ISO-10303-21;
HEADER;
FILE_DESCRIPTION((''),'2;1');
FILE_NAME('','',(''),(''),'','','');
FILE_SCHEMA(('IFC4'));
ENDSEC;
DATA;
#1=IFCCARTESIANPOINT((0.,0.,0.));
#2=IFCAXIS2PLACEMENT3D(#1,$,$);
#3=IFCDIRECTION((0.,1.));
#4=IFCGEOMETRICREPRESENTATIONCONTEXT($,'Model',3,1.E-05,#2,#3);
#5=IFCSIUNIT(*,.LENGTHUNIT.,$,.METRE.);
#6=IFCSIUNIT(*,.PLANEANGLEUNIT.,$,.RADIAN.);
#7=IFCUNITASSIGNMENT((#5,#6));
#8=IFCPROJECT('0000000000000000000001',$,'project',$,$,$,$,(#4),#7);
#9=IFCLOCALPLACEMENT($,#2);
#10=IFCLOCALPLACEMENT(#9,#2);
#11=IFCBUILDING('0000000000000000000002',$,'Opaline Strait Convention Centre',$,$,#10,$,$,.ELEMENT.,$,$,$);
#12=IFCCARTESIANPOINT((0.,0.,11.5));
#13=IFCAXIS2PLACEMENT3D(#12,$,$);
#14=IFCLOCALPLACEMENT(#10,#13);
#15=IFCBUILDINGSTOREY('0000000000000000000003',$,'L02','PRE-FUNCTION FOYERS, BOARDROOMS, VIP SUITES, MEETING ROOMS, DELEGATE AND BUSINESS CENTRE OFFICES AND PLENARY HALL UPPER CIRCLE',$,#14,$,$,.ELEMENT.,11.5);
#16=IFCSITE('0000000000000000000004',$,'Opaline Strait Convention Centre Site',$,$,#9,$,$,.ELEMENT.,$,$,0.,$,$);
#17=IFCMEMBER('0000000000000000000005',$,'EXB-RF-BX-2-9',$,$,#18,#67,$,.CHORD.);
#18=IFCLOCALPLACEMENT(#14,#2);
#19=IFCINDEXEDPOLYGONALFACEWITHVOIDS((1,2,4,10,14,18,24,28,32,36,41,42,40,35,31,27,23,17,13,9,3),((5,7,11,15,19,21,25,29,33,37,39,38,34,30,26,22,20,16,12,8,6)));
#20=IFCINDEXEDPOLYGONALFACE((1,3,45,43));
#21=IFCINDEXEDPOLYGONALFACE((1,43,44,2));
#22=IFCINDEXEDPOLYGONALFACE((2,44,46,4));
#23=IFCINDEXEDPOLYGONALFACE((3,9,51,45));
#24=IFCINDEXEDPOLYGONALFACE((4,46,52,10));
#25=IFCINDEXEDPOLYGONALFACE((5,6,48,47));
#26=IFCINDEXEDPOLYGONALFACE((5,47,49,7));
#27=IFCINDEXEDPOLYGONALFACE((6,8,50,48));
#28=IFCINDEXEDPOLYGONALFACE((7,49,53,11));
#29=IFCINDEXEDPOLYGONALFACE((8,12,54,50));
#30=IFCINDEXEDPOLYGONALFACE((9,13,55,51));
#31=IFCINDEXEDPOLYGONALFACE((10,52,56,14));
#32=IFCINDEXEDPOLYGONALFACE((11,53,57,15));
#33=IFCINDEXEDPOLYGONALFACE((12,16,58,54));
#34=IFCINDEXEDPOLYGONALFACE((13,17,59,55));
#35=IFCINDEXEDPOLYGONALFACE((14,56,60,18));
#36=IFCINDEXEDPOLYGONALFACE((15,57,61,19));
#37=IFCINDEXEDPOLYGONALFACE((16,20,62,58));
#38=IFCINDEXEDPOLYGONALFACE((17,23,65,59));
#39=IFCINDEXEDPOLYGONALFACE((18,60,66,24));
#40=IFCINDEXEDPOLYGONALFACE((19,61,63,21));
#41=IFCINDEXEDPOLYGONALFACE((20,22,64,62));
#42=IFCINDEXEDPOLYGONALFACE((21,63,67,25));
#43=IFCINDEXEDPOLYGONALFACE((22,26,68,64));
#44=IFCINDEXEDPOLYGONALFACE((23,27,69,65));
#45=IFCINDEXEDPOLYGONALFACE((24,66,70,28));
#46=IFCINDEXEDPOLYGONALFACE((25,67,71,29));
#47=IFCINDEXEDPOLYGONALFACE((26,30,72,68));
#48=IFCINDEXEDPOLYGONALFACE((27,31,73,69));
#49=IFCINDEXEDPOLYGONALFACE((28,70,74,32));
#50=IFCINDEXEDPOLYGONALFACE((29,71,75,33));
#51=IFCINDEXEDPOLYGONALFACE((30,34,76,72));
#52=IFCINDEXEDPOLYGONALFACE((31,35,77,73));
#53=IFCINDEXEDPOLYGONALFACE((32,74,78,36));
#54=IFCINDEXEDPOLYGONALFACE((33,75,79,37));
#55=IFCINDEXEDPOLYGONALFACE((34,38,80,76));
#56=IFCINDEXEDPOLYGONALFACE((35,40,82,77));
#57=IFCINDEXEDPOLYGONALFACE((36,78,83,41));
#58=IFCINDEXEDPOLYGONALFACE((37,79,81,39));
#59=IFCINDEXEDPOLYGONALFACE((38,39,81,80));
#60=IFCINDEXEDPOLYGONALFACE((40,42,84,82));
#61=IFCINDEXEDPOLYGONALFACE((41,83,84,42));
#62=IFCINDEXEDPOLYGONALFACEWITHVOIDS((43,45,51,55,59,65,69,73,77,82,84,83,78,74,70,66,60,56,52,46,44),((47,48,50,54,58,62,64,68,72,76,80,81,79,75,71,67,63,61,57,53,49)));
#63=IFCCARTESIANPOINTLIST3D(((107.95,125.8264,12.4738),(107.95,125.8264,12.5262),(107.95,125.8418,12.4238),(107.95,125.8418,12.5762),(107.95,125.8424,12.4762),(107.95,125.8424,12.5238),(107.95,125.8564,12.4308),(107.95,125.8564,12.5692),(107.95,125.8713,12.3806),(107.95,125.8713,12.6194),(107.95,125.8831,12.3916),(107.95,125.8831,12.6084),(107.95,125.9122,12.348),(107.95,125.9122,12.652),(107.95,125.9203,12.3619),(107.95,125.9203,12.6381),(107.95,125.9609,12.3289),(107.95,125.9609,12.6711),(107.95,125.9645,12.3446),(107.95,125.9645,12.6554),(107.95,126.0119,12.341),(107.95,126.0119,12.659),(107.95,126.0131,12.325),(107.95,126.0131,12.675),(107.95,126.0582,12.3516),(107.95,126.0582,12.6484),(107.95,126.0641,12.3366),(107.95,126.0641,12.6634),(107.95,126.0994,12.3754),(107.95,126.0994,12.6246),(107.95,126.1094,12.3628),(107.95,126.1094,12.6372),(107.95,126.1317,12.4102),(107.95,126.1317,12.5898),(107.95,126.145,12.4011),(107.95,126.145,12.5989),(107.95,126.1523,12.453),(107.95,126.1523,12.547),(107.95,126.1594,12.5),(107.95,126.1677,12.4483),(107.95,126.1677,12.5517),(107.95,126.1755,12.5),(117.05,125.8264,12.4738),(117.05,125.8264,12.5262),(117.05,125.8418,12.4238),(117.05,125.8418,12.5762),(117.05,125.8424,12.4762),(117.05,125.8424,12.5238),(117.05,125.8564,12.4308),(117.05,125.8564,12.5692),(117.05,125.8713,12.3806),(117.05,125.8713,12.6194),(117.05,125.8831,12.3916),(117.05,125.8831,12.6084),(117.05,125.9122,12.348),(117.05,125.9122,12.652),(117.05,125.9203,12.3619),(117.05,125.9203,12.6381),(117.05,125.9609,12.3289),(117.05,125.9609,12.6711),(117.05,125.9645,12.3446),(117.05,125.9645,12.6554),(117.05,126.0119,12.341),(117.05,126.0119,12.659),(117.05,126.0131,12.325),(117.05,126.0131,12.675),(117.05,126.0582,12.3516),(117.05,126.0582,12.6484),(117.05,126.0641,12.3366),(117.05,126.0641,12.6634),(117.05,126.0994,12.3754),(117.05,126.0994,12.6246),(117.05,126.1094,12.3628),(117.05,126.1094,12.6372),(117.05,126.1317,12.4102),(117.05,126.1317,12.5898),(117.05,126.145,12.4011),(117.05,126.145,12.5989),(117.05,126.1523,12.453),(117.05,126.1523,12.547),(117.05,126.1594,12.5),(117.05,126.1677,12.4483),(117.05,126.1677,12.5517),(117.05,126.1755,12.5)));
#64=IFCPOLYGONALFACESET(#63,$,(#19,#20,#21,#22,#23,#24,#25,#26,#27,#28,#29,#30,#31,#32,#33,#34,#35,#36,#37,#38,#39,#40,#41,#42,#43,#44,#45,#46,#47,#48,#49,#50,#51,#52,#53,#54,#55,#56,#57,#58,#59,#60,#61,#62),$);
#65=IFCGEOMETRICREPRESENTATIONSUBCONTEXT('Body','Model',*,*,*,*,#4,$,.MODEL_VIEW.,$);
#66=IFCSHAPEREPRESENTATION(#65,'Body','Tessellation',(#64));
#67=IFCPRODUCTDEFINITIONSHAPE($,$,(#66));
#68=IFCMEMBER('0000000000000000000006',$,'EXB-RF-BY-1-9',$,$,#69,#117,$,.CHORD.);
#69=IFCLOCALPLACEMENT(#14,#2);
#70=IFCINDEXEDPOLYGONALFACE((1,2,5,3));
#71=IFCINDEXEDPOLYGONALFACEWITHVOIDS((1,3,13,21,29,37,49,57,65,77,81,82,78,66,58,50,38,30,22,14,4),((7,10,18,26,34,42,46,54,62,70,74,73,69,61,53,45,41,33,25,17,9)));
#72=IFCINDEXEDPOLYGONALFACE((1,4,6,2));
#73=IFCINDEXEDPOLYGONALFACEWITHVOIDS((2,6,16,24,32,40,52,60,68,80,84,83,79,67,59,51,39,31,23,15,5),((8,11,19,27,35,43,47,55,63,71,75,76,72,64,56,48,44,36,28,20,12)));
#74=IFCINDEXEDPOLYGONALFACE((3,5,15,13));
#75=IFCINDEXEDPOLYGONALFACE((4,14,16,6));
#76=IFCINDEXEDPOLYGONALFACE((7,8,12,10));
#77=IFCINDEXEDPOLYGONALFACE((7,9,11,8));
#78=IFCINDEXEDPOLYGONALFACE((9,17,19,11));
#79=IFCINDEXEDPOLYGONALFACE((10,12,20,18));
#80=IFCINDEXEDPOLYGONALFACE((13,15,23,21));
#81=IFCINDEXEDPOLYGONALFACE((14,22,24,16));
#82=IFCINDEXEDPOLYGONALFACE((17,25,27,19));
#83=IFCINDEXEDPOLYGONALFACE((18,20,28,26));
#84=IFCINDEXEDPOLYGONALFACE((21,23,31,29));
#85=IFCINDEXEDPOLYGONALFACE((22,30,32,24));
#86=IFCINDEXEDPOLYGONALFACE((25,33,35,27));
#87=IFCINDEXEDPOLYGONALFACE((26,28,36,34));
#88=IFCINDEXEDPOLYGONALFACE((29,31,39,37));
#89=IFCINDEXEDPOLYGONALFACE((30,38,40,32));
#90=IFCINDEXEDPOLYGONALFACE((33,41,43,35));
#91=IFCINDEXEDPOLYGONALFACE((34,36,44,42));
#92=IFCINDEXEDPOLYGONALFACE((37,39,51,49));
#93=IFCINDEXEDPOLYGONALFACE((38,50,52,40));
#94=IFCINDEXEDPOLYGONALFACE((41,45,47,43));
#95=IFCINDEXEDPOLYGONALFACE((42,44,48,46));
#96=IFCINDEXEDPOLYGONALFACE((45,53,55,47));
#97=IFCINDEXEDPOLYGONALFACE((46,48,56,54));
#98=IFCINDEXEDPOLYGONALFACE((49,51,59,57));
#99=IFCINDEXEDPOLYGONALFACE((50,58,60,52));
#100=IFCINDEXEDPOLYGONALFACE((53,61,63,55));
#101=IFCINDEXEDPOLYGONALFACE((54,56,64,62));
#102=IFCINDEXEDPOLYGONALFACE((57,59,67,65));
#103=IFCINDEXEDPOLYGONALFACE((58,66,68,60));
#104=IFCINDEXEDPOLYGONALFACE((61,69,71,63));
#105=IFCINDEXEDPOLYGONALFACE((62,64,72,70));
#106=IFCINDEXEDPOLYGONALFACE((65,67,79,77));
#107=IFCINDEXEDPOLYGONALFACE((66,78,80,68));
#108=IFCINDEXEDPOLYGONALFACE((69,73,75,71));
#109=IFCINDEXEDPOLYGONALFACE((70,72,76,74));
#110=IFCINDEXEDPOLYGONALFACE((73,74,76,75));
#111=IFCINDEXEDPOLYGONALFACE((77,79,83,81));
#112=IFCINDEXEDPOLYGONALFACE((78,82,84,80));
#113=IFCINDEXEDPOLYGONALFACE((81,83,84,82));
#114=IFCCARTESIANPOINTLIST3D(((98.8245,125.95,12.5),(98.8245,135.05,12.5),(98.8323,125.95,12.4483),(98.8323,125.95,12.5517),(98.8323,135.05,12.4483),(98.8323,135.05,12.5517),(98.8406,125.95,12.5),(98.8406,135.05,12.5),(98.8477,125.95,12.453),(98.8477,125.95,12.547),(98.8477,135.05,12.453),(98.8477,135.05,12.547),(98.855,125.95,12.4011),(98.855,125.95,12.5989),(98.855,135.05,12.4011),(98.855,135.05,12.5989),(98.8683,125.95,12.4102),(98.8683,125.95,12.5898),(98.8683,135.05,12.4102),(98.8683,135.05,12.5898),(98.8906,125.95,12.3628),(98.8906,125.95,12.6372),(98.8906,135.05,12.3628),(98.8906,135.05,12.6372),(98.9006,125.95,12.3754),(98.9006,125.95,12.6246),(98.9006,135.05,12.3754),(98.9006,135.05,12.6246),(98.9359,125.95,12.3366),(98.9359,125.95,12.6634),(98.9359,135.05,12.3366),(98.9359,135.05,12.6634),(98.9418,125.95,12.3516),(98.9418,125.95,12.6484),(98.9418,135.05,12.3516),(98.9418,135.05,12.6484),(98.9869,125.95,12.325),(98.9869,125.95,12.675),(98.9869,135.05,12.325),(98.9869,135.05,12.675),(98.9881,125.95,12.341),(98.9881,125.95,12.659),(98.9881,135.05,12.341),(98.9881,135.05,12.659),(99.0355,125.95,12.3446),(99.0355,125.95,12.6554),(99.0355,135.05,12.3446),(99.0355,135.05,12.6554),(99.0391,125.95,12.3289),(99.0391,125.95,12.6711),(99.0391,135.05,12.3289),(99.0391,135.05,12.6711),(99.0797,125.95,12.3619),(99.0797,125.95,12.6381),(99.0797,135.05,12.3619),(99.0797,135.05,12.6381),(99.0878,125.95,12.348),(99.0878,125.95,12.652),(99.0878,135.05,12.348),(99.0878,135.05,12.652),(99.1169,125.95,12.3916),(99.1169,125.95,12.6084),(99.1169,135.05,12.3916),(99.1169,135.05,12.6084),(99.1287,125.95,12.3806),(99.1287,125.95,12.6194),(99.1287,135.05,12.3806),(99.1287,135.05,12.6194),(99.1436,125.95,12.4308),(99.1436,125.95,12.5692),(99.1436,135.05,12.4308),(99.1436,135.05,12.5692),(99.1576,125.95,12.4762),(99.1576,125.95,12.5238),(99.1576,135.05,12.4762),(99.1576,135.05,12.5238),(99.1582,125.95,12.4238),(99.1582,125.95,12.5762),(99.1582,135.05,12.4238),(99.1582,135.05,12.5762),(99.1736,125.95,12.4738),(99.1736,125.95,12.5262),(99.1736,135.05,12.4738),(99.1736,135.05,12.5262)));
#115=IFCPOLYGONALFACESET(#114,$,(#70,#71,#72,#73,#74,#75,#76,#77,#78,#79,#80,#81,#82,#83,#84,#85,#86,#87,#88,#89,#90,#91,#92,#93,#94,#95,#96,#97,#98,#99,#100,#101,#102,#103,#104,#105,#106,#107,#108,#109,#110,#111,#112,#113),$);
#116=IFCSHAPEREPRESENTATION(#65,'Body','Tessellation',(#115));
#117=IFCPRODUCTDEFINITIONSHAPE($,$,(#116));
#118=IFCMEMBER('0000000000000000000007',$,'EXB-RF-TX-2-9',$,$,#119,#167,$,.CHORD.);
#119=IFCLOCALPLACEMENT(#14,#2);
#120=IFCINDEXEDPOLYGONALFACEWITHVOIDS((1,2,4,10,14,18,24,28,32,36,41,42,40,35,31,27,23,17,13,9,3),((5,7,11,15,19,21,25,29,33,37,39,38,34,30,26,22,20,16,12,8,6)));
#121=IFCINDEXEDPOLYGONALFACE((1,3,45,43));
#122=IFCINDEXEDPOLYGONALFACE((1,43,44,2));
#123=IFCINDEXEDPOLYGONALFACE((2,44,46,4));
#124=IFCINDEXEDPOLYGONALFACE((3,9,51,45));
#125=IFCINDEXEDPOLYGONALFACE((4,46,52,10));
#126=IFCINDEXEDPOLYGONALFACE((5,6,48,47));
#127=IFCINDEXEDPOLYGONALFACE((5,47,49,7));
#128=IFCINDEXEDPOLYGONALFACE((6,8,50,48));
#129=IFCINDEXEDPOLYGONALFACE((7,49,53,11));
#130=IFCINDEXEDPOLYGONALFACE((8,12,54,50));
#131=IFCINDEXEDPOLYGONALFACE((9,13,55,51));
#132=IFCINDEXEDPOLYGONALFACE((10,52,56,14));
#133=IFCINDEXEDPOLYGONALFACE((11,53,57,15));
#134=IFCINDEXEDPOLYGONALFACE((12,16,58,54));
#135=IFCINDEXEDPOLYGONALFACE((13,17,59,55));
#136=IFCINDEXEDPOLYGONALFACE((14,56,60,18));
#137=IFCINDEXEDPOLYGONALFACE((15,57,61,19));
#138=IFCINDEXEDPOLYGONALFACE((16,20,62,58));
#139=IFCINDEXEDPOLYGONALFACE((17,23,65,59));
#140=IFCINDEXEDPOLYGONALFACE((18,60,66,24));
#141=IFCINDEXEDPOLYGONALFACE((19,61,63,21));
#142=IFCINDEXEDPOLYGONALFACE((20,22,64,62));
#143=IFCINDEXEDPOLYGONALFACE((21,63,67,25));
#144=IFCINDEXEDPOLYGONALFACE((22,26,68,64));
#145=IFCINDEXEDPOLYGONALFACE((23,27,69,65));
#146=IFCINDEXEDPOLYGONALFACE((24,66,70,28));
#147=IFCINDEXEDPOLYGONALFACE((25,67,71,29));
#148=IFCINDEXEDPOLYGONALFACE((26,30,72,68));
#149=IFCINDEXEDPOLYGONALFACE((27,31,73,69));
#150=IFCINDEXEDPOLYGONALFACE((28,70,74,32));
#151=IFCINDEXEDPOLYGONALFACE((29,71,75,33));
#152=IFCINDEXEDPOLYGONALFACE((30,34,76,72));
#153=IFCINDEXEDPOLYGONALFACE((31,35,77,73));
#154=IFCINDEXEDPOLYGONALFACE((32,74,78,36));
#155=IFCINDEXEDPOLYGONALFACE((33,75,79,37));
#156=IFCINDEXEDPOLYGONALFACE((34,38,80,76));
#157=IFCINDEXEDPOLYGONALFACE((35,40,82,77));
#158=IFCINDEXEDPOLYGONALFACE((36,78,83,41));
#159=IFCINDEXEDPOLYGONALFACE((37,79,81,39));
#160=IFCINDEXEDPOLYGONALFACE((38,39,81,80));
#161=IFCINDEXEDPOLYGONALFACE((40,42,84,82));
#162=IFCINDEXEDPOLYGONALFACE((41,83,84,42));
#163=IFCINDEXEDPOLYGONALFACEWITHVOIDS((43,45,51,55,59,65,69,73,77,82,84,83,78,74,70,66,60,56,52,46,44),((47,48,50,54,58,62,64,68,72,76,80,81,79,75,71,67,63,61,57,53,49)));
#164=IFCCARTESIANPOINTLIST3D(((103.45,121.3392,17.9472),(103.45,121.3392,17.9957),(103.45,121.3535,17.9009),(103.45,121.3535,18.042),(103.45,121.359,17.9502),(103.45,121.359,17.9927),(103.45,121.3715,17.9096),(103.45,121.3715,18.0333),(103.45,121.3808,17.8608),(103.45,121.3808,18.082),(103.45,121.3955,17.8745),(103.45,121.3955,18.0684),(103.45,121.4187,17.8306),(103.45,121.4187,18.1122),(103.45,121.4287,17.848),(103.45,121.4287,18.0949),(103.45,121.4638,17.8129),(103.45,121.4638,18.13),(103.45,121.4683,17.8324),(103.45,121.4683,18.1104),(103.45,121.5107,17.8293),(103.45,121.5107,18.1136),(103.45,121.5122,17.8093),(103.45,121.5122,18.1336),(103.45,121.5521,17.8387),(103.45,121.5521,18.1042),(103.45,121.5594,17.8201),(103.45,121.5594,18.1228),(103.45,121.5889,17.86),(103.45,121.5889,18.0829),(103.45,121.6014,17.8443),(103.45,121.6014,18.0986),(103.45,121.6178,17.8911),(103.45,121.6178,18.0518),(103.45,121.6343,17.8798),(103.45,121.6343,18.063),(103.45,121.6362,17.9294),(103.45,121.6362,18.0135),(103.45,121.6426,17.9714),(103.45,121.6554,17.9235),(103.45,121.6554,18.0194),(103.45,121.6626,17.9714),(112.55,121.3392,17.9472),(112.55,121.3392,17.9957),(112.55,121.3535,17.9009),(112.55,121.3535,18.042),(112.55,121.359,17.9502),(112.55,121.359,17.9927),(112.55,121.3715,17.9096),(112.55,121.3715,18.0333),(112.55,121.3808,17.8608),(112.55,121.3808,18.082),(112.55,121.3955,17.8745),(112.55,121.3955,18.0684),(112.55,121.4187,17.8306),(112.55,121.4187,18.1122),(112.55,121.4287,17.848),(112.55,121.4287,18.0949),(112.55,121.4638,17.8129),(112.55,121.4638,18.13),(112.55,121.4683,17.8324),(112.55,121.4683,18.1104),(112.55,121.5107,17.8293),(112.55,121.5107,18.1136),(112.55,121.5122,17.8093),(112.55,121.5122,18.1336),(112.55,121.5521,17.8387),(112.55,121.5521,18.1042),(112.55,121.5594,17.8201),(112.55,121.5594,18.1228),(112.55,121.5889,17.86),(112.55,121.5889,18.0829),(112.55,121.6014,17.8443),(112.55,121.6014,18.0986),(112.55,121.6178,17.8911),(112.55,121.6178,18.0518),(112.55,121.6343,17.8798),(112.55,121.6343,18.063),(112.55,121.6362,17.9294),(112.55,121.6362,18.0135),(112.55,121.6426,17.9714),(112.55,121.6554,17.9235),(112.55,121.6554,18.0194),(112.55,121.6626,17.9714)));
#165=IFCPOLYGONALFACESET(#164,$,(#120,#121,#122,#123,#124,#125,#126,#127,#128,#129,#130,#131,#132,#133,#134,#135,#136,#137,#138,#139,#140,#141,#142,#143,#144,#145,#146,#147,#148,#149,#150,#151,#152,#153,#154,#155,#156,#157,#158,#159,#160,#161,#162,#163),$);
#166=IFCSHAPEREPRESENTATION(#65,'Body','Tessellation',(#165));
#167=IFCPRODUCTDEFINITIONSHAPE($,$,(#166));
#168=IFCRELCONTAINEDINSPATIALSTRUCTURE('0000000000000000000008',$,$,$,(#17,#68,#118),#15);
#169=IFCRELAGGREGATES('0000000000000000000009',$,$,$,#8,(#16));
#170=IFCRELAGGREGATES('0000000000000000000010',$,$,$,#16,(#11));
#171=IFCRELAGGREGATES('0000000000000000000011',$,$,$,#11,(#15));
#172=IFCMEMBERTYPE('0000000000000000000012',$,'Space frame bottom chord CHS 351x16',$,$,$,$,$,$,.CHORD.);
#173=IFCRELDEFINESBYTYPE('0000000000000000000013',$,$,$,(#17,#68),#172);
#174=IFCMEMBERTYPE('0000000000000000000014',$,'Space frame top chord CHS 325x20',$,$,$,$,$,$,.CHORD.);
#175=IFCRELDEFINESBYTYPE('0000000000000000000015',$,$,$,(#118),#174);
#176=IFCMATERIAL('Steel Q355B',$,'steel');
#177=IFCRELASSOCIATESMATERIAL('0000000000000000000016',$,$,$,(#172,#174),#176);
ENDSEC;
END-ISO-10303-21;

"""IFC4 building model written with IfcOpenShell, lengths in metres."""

from ifc_helpers import new_model, si_unit, direction, frame, origin, origin_2d, place, context, subcontext, project, spatial, hollow_circle, extrude, material, material_profile, profile_set, type_object, element, save


model = new_model("IFC4")

# Units and contexts
model_context = context("Model", 3, precision=1e-05, world=origin(), true_north=direction((0.0, 1.0)))
body_context = subcontext(model_context, "Body", "Model", "MODEL_VIEW")
ifc_project = project(units=[si_unit("LENGTHUNIT", "METRE"), si_unit("PLANEANGLEUNIT", "RADIAN")], contexts=[model_context])

# Site, building, storey
site_placement = place(None, origin())
site = spatial("IfcSite", under=ifc_project, at=site_placement, Name="Opaline Strait Convention Centre Site", CompositionType="ELEMENT", RefElevation=0.0)
building_placement = place(site_placement, origin())
building = spatial("IfcBuilding", under=site, at=building_placement, Name="Opaline Strait Convention Centre", CompositionType="ELEMENT")
storey_placement = place(building_placement, frame((0.0, 0.0, 11.5)))
storey = spatial("IfcBuildingStorey", under=building, at=storey_placement, Name="L02", Description="PRE-FUNCTION FOYERS, BOARDROOMS, VIP SUITES, MEETING ROOMS, DELEGATE AND BUSINESS CENTRE OFFICES AND PLENARY HALL UPPER CIRCLE", CompositionType="ELEMENT", Elevation=11.5)

# Shared definitions
ifc_material_1 = material(Name="Steel Q355B", Category="steel")

# Members
ifc_material_profile_1 = material_profile(ifc_material_1, hollow_circle(Radius=0.1755, WallThickness=0.0161, at=origin_2d()), Name="CHS 351x16")
ifc_profile_set_1 = profile_set([ifc_material_profile_1], Name="Steel Q355B")
member_type_1 = type_object("IfcMemberType", Name="Space frame bottom chord CHS 351x16", PredefinedType="CHORD", material=ifc_profile_set_1)
for number, where, z_axis, x_axis, name in (
    (1, (107.95, 126.0, 12.5), (1.0, 0.0, 0.0), (0.0, 1.0, 0.0), "EXB-RF-BX-2-9"),
    (2, (99.0, 125.95, 12.5), (0.0, 1.0, 0.0), (-1.0, 0.0, 0.0), "EXB-RF-BY-1-9"),
):
    element("IfcMember", number, at=place(storey_placement, frame(where, z_axis=z_axis, x_axis=x_axis)), inside=storey, type_object=member_type_1, Name=name, PredefinedType="CHORD", context=body_context, shape_type="SweptSolid", body=[
        extrude(hollow_circle(Radius=0.1755, WallThickness=0.0161, at=origin_2d()), origin(), (0.0, 0.0, 1.0), 9.1001),
    ])
ifc_material_profile_2 = material_profile(ifc_material_1, hollow_circle(Radius=0.1626, WallThickness=0.02, at=origin_2d()), Name="CHS 325x20")
ifc_profile_set_2 = profile_set([ifc_material_profile_2], Name="Steel Q355B")
member_type_2 = type_object("IfcMemberType", Name="Space frame top chord CHS 325x20", PredefinedType="CHORD", material=ifc_profile_set_2)
for number, where, z_axis, x_axis, name in (
    (3, (103.45, 121.5, 17.9714), (1.0, 0.0, 0.0), (0.0, 1.0, 0.0), "EXB-RF-TX-2-9"),
):
    element("IfcMember", number, at=place(storey_placement, frame(where, z_axis=z_axis, x_axis=x_axis)), inside=storey, type_object=member_type_2, Name=name, PredefinedType="CHORD", context=body_context, shape_type="SweptSolid", body=[
        extrude(hollow_circle(Radius=0.1626, WallThickness=0.02, at=origin_2d()), origin(), (0.0, 0.0, 1.0), 9.1001),
    ])

save(model, "model.ifc")
